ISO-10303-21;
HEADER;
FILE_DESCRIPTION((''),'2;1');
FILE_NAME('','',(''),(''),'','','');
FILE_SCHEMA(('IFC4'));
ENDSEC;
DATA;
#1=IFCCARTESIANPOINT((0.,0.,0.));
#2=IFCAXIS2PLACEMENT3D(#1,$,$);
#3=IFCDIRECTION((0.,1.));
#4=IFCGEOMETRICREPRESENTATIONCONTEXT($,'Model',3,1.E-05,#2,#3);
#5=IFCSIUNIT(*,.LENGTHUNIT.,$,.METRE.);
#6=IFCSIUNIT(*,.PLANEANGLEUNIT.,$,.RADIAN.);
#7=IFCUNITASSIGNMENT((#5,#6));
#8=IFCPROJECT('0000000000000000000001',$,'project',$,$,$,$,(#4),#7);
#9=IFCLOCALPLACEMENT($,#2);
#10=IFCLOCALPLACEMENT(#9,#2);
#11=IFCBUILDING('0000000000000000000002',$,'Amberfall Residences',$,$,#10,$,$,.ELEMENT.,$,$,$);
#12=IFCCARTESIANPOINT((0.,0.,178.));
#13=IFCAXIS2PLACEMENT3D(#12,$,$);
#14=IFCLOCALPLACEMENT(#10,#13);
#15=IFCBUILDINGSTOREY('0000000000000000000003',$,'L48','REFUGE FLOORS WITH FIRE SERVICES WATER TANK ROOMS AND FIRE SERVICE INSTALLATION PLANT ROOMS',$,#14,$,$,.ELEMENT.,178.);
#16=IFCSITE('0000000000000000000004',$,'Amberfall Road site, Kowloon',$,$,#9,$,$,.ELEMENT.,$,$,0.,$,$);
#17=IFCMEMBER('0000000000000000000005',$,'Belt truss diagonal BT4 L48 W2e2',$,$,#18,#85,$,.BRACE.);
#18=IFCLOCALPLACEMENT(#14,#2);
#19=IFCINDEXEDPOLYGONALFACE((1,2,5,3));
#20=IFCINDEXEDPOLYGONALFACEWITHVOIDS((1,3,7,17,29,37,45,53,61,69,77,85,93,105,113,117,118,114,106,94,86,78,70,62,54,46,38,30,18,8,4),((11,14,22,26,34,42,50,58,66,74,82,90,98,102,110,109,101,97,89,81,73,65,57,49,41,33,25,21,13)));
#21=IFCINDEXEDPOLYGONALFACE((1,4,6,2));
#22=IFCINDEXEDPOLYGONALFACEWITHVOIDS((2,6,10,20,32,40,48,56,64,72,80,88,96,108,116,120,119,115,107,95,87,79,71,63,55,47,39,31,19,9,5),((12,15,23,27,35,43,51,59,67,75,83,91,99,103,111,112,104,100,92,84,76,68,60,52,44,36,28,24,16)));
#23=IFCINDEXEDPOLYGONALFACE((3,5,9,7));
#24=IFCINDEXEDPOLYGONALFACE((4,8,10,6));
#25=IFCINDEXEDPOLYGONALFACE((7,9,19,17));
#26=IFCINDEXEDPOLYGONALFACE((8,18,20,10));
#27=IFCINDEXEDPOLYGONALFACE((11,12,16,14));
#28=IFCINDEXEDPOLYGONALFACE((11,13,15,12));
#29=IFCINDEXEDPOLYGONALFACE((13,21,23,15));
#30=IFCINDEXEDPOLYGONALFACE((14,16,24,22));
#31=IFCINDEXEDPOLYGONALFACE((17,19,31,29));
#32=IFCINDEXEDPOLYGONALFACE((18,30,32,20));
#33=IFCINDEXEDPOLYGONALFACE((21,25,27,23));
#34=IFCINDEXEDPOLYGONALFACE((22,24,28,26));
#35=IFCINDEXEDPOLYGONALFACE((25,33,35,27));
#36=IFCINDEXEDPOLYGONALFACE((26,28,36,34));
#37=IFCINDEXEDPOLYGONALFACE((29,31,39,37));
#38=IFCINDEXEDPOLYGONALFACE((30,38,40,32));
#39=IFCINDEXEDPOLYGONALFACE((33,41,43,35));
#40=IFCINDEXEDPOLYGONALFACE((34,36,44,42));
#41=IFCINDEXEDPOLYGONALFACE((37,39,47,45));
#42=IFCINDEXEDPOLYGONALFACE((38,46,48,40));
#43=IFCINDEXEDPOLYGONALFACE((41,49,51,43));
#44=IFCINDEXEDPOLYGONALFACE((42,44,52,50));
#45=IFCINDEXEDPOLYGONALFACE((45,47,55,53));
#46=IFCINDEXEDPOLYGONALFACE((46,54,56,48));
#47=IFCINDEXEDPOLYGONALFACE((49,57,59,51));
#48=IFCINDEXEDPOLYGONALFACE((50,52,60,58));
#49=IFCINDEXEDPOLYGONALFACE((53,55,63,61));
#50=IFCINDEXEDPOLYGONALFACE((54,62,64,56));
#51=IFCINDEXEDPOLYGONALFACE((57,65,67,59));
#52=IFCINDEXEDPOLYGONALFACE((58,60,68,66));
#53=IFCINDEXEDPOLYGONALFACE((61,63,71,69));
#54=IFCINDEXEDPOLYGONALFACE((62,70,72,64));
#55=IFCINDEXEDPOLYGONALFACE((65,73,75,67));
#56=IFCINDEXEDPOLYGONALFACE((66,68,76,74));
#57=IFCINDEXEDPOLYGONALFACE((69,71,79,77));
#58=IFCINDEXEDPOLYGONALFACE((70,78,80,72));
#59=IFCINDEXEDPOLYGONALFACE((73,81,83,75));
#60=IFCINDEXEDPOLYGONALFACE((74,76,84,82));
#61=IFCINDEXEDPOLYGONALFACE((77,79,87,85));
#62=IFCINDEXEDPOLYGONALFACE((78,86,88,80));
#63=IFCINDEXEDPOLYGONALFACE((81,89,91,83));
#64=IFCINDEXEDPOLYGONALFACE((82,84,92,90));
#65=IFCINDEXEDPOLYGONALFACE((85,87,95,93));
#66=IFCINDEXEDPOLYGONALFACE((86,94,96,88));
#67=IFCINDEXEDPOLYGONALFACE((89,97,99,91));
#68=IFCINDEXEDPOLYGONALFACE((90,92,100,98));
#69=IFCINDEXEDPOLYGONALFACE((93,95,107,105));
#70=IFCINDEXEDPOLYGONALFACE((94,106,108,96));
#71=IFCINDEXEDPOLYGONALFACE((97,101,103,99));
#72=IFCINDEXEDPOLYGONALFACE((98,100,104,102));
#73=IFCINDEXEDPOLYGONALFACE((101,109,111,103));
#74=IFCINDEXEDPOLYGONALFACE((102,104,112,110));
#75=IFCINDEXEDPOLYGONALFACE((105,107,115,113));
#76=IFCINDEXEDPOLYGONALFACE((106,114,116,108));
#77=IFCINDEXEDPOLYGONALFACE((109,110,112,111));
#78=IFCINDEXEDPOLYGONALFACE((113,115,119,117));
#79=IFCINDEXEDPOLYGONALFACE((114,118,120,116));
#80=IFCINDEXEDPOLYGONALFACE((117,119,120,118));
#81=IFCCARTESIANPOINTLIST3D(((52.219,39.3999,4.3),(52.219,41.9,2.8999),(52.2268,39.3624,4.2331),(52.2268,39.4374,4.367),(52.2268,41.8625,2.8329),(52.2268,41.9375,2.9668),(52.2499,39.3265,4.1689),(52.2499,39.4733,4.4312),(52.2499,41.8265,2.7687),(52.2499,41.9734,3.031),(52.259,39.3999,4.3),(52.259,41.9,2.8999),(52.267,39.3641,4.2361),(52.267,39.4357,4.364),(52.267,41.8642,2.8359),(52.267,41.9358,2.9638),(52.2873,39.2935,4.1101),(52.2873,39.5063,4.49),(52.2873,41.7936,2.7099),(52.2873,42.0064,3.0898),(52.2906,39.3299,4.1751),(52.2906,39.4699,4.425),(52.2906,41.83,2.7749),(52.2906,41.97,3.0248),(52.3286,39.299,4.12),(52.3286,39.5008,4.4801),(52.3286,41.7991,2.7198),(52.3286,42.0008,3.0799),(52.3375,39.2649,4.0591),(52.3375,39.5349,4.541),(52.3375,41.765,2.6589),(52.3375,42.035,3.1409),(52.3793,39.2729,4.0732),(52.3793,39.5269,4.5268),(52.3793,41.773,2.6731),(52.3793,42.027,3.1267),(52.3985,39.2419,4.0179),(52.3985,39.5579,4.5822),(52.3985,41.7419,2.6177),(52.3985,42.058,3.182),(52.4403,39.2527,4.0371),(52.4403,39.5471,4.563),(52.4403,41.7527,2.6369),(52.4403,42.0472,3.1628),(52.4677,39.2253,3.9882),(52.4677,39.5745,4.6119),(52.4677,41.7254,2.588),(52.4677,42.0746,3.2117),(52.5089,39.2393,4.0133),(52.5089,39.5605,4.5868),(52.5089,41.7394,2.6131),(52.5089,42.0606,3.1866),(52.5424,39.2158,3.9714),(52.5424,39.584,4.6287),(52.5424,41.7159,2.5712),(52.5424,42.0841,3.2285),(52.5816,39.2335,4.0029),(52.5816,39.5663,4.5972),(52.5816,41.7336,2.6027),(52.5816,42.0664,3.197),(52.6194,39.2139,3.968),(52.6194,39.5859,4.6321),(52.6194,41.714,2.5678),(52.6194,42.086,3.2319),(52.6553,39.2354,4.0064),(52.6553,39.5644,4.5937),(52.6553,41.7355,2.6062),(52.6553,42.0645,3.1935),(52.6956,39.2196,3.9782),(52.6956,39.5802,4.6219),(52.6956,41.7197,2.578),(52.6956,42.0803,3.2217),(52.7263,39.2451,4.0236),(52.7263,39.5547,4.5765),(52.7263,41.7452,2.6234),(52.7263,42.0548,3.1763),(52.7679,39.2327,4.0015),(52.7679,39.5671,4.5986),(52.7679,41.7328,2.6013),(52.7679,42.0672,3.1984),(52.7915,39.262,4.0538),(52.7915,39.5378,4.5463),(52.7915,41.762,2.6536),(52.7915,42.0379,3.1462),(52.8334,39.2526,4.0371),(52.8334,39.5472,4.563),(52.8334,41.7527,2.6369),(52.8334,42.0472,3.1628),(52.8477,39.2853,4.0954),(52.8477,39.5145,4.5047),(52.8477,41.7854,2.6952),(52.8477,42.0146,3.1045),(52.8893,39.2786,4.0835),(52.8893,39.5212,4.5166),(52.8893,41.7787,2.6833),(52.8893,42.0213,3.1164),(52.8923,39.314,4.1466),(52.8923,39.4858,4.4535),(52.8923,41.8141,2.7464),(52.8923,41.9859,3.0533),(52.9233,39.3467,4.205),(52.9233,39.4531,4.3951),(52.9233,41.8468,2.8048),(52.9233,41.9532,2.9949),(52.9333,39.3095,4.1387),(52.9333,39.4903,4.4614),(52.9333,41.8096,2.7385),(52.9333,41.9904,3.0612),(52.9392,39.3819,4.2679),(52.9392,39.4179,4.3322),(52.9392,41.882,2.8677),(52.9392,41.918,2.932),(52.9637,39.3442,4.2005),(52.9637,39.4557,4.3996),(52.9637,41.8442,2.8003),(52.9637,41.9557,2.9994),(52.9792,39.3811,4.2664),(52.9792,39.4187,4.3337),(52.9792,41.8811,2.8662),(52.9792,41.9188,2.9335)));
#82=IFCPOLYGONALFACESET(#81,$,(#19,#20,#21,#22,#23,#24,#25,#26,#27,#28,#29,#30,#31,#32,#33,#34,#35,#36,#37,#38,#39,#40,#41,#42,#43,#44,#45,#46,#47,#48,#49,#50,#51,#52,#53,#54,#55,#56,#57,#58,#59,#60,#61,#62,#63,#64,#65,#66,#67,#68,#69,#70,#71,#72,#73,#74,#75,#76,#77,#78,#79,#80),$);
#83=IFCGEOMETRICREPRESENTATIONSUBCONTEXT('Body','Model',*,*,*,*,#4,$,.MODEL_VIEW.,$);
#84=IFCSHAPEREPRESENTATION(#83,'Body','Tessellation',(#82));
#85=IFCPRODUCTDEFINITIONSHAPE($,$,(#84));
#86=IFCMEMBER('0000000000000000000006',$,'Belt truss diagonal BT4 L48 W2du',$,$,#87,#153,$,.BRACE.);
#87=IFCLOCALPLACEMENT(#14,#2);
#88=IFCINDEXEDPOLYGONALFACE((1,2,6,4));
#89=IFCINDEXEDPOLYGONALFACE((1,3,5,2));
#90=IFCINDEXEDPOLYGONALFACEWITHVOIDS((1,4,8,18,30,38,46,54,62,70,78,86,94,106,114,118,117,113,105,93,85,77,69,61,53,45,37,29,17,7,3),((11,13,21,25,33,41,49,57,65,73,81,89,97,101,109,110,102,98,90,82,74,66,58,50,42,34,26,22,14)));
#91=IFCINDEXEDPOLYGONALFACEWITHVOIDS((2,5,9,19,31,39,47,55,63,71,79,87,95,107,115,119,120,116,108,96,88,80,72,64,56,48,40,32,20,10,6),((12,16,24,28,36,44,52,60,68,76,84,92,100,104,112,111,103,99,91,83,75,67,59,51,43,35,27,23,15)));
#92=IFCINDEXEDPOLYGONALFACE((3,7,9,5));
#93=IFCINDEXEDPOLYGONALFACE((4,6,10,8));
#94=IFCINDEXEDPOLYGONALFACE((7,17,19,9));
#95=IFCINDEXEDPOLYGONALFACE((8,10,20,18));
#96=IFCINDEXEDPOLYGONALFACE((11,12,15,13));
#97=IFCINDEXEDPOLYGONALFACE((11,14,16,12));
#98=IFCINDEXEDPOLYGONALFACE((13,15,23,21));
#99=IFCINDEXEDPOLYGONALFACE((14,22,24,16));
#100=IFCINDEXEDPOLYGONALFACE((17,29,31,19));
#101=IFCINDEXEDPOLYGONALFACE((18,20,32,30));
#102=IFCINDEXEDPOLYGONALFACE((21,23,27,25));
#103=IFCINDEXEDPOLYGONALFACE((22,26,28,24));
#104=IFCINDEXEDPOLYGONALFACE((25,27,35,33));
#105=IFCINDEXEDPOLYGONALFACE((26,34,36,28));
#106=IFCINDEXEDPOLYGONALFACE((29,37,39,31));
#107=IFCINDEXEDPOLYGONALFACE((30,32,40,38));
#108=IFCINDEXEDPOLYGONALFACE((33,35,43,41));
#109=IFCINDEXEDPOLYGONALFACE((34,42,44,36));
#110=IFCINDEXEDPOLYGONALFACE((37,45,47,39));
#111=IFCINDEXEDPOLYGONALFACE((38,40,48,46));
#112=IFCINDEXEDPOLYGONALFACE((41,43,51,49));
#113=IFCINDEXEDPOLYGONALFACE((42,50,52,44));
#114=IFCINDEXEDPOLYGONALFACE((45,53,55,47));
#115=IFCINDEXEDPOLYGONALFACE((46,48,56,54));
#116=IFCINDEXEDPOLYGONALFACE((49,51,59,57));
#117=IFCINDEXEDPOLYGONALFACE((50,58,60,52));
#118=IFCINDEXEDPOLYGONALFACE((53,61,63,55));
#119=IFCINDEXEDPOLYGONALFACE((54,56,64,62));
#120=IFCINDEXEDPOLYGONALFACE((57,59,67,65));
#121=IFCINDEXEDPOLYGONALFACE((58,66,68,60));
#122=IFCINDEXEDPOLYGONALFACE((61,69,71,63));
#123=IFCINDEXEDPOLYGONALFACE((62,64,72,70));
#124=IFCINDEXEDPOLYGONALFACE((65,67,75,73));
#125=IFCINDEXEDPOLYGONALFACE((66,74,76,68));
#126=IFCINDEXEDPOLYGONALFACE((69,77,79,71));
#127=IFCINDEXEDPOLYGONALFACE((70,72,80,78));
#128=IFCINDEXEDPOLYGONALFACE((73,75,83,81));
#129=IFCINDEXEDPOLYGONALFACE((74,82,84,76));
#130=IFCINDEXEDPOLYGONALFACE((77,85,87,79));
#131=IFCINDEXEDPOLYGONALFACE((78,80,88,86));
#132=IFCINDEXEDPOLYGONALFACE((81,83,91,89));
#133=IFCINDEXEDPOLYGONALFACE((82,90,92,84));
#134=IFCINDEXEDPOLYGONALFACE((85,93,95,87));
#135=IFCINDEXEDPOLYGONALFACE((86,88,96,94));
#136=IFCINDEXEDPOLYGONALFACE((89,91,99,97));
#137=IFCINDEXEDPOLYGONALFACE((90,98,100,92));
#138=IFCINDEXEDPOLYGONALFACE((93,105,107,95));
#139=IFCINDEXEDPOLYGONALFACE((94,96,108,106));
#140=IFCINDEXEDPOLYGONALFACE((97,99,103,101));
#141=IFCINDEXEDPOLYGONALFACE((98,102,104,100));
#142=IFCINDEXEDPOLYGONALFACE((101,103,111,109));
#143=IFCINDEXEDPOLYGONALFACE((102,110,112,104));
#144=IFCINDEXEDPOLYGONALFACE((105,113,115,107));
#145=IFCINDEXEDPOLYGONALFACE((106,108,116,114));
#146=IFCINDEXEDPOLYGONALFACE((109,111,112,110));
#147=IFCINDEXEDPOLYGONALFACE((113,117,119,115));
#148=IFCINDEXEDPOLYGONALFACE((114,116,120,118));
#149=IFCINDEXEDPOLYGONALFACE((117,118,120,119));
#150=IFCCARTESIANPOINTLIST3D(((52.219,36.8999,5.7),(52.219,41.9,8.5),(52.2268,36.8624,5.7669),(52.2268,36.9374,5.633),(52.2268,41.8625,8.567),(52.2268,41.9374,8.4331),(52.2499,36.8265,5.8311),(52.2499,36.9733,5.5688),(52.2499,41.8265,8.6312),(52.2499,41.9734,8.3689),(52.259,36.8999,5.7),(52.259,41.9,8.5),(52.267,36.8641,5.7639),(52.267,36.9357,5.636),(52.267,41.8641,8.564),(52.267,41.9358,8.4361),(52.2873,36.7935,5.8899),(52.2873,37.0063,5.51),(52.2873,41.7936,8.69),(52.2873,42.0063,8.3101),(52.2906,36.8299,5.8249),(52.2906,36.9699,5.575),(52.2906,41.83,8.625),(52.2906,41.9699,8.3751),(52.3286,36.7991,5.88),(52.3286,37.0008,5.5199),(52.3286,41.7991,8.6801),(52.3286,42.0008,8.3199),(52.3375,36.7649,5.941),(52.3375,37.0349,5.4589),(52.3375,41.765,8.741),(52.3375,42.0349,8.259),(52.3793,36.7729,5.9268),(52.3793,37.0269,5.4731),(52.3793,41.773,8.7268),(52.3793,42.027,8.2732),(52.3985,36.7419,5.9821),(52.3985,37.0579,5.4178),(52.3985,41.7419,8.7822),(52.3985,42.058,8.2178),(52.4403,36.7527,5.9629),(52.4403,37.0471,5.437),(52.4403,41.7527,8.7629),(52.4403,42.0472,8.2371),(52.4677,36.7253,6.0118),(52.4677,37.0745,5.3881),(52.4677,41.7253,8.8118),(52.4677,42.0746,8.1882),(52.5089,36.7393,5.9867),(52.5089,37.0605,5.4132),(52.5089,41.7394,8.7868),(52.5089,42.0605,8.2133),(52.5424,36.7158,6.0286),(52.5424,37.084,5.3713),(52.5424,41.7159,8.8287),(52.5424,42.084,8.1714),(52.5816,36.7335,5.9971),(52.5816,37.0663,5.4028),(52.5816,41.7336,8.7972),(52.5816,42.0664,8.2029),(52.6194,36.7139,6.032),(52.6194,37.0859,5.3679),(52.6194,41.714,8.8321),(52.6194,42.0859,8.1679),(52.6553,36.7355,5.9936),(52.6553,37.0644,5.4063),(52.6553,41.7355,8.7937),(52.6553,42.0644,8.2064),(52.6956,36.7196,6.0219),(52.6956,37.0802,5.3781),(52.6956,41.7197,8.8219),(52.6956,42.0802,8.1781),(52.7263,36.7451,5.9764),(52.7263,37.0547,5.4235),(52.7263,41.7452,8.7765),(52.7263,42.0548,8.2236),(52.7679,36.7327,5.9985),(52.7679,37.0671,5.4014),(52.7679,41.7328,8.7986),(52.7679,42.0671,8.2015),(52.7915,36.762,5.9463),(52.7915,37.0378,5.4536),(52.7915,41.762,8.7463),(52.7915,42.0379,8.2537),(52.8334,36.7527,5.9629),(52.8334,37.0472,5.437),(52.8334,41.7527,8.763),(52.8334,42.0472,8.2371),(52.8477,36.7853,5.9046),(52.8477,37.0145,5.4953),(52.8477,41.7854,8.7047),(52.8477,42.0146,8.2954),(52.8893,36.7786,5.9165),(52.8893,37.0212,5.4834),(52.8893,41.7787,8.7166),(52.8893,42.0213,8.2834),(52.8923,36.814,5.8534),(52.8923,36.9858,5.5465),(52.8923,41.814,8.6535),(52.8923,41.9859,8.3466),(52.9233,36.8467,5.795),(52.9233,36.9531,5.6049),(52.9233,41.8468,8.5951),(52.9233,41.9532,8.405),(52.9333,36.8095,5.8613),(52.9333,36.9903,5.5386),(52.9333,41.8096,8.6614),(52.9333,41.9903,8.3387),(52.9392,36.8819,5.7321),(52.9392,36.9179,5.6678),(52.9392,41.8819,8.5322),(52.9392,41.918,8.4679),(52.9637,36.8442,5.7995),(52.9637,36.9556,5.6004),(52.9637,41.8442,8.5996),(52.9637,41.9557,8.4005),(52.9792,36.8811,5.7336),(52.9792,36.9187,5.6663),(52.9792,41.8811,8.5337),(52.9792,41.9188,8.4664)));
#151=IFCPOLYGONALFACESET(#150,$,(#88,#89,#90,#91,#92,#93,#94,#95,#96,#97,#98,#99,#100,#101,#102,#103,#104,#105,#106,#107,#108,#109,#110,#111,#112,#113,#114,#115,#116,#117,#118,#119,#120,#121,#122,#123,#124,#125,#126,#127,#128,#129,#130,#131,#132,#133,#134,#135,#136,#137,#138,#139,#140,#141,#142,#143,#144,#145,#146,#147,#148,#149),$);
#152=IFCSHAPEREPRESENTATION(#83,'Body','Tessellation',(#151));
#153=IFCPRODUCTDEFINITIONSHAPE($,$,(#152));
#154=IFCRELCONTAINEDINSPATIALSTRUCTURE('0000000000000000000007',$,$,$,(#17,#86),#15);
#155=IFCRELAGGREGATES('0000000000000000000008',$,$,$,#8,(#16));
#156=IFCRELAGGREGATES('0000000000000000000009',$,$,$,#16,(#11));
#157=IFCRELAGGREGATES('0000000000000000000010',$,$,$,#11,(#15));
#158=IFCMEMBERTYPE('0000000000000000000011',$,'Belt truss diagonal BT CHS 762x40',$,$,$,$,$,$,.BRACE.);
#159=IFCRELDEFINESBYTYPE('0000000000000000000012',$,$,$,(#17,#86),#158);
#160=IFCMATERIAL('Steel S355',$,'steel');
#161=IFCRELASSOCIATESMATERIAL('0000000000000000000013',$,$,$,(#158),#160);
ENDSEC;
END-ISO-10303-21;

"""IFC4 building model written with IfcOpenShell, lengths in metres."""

from ifc_helpers import new_model, si_unit, direction, frame, origin, origin_2d, place, context, subcontext, project, spatial, hollow_circle, extrude, material, material_profile, profile_set, type_object, element, save


model = new_model("IFC4")

# Units and contexts
model_context = context("Model", 3, precision=1e-05, world=origin(), true_north=direction((0.0, 1.0)))
body_context = subcontext(model_context, "Body", "Model", "MODEL_VIEW")
ifc_project = project(units=[si_unit("LENGTHUNIT", "METRE"), si_unit("PLANEANGLEUNIT", "RADIAN")], contexts=[model_context])

# Site, building, storey
site_placement = place(None, origin())
site = spatial("IfcSite", under=ifc_project, at=site_placement, Name="Amberfall Road site, Kowloon", CompositionType="ELEMENT", RefElevation=0.0)
building_placement = place(site_placement, origin())
building = spatial("IfcBuilding", under=site, at=building_placement, Name="Amberfall Residences", CompositionType="ELEMENT")
storey_placement = place(building_placement, frame((0.0, 0.0, 178.0)))
storey = spatial("IfcBuildingStorey", under=building, at=storey_placement, Name="L48", Description="REFUGE FLOORS WITH FIRE SERVICES WATER TANK ROOMS AND FIRE SERVICE INSTALLATION PLANT ROOMS", CompositionType="ELEMENT", Elevation=178.0)

# Shared definitions
ifc_material_1 = material(Name="Steel S355", Category="steel")

# Members
ifc_material_profile_1 = material_profile(ifc_material_1, hollow_circle(Radius=0.3811, WallThickness=0.04, at=origin_2d()), Name="CHS 762x40")
ifc_profile_set_1 = profile_set([ifc_material_profile_1], Name="Steel S355")
member_type = type_object("IfcMemberType", Name="Belt truss diagonal BT CHS 762x40", PredefinedType="BRACE", material=ifc_profile_set_1)
member_1_placement = place(storey_placement, frame((52.6001, 39.3999, 4.3), z_axis=(0.0, 0.872484, -0.488642), x_axis=(-1.0, 0.0, 0.0)))
element("IfcMember", 1, at=member_1_placement, inside=storey, type_object=member_type, Name="Belt truss diagonal BT4 L48 W2e2", PredefinedType="BRACE", context=body_context, shape_type="SweptSolid", body=[
    extrude(hollow_circle(Radius=0.3811, WallThickness=0.04, at=origin_2d()), origin(), (0.0, 0.0, 1.0), 2.8655),
])
member_2_placement = place(storey_placement, frame((52.6001, 36.8999, 5.7), z_axis=(0.0, 0.872502, 0.48861), x_axis=(-1.0, 0.0, 0.0)))
element("IfcMember", 2, at=member_2_placement, inside=storey, type_object=member_type, Name="Belt truss diagonal BT4 L48 W2du", PredefinedType="BRACE", context=body_context, shape_type="SweptSolid", body=[
    extrude(hollow_circle(Radius=0.3811, WallThickness=0.04, at=origin_2d()), origin(), (0.0, 0.0, 1.0), 5.7307),
])

save(model, "model.ifc")
